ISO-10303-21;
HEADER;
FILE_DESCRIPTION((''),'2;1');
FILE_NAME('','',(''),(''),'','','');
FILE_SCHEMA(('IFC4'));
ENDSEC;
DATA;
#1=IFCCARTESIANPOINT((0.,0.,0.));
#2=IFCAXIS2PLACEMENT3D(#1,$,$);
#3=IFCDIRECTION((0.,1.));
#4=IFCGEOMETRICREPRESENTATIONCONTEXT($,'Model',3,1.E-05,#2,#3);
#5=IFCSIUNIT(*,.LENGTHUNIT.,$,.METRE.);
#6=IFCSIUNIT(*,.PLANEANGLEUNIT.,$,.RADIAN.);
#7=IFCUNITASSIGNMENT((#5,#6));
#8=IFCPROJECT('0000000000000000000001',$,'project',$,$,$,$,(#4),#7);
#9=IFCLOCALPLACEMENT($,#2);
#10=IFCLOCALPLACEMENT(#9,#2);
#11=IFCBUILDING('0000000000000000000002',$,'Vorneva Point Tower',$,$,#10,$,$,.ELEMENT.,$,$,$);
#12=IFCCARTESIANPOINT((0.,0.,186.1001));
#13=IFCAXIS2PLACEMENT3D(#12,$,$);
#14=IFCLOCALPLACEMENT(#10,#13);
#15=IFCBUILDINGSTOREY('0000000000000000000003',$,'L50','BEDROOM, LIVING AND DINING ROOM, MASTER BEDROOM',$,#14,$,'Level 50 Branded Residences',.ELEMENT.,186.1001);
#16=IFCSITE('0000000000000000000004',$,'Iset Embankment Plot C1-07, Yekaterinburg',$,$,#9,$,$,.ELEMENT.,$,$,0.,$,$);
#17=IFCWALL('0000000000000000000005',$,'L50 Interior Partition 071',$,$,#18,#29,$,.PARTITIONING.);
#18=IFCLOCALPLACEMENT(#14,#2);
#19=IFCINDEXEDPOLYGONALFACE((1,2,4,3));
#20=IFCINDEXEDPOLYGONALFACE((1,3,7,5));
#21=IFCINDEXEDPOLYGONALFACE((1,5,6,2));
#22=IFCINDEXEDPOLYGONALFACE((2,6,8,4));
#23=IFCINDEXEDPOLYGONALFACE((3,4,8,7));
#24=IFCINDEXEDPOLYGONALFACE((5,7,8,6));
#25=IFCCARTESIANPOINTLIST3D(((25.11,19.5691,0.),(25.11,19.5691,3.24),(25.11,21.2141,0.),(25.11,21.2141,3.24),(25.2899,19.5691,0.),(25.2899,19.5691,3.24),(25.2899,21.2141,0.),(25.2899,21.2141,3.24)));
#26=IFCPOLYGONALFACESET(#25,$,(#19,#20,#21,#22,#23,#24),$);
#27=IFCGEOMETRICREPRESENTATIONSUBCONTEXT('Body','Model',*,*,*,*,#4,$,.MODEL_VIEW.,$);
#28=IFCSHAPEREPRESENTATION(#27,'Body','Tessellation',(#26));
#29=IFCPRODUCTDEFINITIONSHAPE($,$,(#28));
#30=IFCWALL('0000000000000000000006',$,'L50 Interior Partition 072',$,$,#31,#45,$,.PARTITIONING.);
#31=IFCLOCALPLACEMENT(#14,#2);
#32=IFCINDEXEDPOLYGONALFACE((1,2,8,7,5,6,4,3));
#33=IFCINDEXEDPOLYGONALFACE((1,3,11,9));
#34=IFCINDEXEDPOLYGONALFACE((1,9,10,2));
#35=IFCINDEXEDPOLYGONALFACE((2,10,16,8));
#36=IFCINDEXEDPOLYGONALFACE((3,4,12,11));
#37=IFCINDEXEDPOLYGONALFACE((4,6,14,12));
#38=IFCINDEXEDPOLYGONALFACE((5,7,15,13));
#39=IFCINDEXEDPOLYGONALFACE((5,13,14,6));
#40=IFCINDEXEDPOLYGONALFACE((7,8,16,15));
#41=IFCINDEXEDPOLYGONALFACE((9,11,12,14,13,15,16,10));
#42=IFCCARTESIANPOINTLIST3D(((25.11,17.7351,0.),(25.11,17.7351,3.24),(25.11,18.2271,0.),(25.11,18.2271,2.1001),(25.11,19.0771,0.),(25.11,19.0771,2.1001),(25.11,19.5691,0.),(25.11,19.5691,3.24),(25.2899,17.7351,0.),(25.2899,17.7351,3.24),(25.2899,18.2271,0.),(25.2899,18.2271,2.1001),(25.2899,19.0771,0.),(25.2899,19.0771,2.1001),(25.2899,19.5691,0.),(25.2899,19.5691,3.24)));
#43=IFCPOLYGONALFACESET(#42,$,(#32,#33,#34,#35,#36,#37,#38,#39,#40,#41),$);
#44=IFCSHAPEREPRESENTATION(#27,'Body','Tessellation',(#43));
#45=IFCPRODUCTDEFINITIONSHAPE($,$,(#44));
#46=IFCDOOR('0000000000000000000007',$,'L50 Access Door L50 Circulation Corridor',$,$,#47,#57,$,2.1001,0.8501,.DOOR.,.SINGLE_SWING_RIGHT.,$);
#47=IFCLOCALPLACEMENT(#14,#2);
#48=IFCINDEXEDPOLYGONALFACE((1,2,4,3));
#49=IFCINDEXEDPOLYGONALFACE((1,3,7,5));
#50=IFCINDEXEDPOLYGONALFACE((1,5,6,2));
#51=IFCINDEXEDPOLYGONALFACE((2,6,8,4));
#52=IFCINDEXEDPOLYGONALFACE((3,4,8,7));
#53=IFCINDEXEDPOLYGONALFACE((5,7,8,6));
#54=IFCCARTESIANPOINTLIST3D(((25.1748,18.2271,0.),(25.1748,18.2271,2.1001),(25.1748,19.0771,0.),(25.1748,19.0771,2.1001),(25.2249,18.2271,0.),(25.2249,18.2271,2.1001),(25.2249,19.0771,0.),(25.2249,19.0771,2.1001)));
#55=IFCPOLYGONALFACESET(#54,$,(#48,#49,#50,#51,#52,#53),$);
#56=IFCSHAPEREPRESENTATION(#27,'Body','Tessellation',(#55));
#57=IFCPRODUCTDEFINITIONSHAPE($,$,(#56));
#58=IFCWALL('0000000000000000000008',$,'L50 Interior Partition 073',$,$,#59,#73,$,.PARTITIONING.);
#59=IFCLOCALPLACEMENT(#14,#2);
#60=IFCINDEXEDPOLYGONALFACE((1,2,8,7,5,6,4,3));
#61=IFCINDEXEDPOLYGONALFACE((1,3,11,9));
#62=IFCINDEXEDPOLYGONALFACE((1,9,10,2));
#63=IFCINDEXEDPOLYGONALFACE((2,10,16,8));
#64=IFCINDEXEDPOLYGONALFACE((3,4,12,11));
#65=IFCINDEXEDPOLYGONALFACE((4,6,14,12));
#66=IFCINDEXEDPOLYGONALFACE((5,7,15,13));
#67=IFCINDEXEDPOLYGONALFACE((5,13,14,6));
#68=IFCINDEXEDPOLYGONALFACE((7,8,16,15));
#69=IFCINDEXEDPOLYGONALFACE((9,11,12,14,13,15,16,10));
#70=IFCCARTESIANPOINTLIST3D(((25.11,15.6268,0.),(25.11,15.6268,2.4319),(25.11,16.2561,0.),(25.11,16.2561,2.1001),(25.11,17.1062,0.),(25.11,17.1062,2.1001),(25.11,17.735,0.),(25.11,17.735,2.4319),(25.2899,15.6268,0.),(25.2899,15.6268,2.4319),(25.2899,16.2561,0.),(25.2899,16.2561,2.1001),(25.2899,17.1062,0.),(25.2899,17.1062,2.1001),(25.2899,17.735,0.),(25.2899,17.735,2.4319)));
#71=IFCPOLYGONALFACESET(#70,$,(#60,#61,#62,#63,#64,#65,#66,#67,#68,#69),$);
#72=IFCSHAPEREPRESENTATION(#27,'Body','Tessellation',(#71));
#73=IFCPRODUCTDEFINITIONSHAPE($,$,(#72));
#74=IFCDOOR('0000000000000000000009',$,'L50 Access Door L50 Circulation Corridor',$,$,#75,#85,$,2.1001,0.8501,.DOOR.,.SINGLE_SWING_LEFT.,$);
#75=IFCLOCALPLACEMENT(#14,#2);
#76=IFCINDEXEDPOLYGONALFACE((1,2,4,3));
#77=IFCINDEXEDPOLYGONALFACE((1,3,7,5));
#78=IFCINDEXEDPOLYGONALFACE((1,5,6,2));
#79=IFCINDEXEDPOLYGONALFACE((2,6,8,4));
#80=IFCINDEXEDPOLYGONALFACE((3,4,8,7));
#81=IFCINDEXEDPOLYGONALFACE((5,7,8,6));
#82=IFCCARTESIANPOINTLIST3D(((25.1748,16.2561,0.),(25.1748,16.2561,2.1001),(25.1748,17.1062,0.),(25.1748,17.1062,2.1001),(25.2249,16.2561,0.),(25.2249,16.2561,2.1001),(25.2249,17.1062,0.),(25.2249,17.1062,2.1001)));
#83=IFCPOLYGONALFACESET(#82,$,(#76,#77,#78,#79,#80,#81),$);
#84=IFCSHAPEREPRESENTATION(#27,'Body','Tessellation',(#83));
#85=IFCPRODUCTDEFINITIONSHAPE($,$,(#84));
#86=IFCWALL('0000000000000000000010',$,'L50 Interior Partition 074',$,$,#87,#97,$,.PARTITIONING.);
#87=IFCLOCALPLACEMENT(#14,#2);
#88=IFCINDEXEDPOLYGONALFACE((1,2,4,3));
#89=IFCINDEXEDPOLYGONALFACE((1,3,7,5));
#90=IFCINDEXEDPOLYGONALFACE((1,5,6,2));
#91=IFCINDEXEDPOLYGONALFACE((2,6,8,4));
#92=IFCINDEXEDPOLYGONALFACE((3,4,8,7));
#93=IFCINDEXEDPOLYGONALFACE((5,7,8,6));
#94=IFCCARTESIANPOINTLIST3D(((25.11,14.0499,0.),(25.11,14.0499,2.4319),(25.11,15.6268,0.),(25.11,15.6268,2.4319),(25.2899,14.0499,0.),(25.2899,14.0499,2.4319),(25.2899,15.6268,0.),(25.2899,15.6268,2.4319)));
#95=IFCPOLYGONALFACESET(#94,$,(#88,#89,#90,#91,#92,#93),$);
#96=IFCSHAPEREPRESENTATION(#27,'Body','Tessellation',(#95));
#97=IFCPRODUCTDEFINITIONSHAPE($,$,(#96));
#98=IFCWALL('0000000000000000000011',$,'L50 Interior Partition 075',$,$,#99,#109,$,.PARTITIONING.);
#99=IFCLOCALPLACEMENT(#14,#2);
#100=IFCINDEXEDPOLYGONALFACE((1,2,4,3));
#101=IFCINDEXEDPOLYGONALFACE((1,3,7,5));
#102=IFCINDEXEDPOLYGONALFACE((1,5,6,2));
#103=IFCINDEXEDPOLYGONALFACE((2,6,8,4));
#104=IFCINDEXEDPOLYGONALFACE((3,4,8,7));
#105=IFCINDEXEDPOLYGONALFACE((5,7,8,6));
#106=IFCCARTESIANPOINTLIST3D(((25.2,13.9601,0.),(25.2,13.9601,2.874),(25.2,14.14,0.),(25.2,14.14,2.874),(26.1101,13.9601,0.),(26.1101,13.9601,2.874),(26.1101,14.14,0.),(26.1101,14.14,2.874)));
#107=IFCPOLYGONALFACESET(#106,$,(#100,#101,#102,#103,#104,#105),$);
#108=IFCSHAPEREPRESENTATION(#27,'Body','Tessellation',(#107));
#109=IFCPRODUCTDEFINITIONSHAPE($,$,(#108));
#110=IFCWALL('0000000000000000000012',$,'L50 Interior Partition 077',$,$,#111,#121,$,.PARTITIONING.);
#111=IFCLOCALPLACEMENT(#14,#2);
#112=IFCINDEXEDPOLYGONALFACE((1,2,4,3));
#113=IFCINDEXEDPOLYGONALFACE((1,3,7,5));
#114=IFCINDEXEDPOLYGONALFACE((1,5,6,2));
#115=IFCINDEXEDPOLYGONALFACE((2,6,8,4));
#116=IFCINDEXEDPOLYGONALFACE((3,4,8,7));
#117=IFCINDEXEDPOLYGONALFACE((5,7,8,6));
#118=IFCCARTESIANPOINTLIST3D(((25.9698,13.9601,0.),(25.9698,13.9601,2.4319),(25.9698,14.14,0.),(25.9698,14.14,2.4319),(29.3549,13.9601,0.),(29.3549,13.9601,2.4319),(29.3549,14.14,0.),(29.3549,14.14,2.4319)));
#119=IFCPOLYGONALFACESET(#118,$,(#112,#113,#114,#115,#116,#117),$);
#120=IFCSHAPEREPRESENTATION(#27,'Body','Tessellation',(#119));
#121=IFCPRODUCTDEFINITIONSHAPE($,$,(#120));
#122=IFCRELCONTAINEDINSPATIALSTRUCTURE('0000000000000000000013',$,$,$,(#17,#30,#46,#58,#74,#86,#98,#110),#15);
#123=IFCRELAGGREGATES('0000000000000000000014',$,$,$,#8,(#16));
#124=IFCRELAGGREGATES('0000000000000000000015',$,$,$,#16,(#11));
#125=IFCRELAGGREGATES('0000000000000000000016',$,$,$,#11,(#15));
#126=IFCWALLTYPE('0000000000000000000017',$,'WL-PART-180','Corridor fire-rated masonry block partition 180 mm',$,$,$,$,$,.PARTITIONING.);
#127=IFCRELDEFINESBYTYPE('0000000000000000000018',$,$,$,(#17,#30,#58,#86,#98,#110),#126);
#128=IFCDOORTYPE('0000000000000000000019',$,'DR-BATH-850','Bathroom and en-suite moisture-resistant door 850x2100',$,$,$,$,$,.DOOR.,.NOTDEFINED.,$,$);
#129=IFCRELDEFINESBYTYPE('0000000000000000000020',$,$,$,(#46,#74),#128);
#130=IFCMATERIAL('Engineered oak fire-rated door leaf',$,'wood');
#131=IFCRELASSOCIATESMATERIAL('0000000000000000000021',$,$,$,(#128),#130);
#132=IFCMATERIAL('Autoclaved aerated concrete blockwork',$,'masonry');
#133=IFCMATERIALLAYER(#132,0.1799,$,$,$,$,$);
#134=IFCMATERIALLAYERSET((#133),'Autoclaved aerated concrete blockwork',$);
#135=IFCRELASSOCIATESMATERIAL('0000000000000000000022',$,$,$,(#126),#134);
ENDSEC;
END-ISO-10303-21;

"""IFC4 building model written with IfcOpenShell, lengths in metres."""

from ifc_helpers import new_model, si_unit, direction, frame, frame_2d, origin, place, context, subcontext, project, spatial, rectangle, extrude, material, layer, layer_set, type_object, element, fill, save


model = new_model("IFC4")

# Units and contexts
model_context = context("Model", 3, precision=1e-05, world=origin(), true_north=direction((0.0, 1.0)))
body_context = subcontext(model_context, "Body", "Model", "MODEL_VIEW")
ifc_project = project(units=[si_unit("LENGTHUNIT", "METRE"), si_unit("PLANEANGLEUNIT", "RADIAN")], contexts=[model_context])

# Site, building, storey
site_placement = place(None, origin())
site = spatial("IfcSite", under=ifc_project, at=site_placement, Name="Iset Embankment Plot C1-07, Yekaterinburg", CompositionType="ELEMENT", RefElevation=0.0)
building_placement = place(site_placement, origin())
building = spatial("IfcBuilding", under=site, at=building_placement, Name="Vorneva Point Tower", CompositionType="ELEMENT")
storey_placement = place(building_placement, frame((0.0, 0.0, 186.1001)))
storey = spatial("IfcBuildingStorey", under=building, at=storey_placement, Name="L50", Description="BEDROOM, LIVING AND DINING ROOM, MASTER BEDROOM", LongName="Level 50 Branded Residences", CompositionType="ELEMENT", Elevation=186.1001)

# Shared definitions
ifc_material_1 = material(Name="Engineered oak fire-rated door leaf", Category="wood")
door_type_1 = type_object("IfcDoorType", Name="DR-BATH-850", Description="Bathroom and en-suite moisture-resistant door 850x2100", OperationType="NOTDEFINED", PredefinedType="DOOR", material=ifc_material_1)
ifc_material_2 = material(Name="Autoclaved aerated concrete blockwork", Category="masonry")
ifc_layer_1 = layer(ifc_material_2, 0.1799)
ifc_layer_set_1 = layer_set([ifc_layer_1], Name="Autoclaved aerated concrete blockwork")
wall_type_1 = type_object("IfcWallType", Name="WL-PART-180", Description="Corridor fire-rated masonry block partition 180 mm", PredefinedType="PARTITIONING", material=ifc_layer_set_1)

# Wall
wall_1_placement = place(storey_placement, frame((25.2, 21.2141, 0.0), z_axis=(0.0, 0.0, 1.0), x_axis=(0.0, -1.0, 0.0)))
element("IfcWall", 1, at=wall_1_placement, inside=storey, type_object=wall_type_1, Name="L50 Interior Partition 071", PredefinedType="PARTITIONING", context=body_context, shape_type="SweptSolid", body=[
    extrude(rectangle(XDim=1.645, YDim=0.1799, at=frame_2d((0.8225, 0.0))), origin(), (0.0, 0.0, 1.0), 3.24),
])

# Walls, openings, doors
wall_2_placement = place(storey_placement, frame((25.2, 19.5691, 0.0), z_axis=(0.0, 0.0, 1.0), x_axis=(0.0, -1.0, 0.0)))
wall_2 = element("IfcWall", 2, at=wall_2_placement, inside=storey, type_object=wall_type_1, Name="L50 Interior Partition 072", PredefinedType="PARTITIONING", context=body_context, shape_type="SweptSolid", body=[
    extrude(rectangle(XDim=1.834, YDim=0.1799, at=frame_2d((0.917, 0.0))), origin(), (0.0, 0.0, 1.0), 3.24),
])
opening_1_placement = place(wall_2_placement, frame((0.4919, 0.0, 0.0)))
opening_1 = element("IfcOpeningElement", 3, at=opening_1_placement, cuts=wall_2, PredefinedType="OPENING", context=body_context, shape_type="SweptSolid", body=[
    extrude(rectangle(XDim=0.8501, YDim=2.1001, at=frame_2d((0.425, 1.05))), frame((0.0, 0.105, 0.0), z_axis=(0.0, -1.0, 0.0), x_axis=(1.0, 0.0, 0.0)), (0.0, 0.0, 1.0), 0.2097),
])
door_1_placement = place(opening_1_placement, origin())
door_1 = element("IfcDoor", 4, at=door_1_placement, inside=storey, type_object=door_type_1, Name="L50 Access Door L50 Circulation Corridor", OperationType="SINGLE_SWING_RIGHT", OverallHeight=2.1001, OverallWidth=0.8501, PredefinedType="DOOR", context=body_context, shape_type="SweptSolid", body=[
    extrude(rectangle(XDim=0.8501, YDim=2.1001, at=frame_2d((0.425, 1.05))), frame((0.0, 0.0249, 0.0), z_axis=(0.0, -1.0, 0.0), x_axis=(1.0, 0.0, 0.0)), (0.0, 0.0, 1.0), 0.05),
])
fill(opening_1, door_1)
wall_3_placement = place(storey_placement, frame((25.2, 17.7351, 0.0), z_axis=(0.0, 0.0, 1.0), x_axis=(0.0, -1.0, 0.0)))
wall_3 = element("IfcWall", 5, at=wall_3_placement, inside=storey, type_object=wall_type_1, Name="L50 Interior Partition 073", PredefinedType="PARTITIONING", context=body_context, shape_type="SweptSolid", body=[
    extrude(rectangle(XDim=2.1082, YDim=0.1799, at=frame_2d((1.0542, 0.0))), origin(), (0.0, 0.0, 1.0), 2.4319),
])
opening_2_placement = place(wall_3_placement, frame((0.6289, 0.0, 0.0)))
opening_2 = element("IfcOpeningElement", 6, at=opening_2_placement, cuts=wall_3, PredefinedType="OPENING", context=body_context, shape_type="SweptSolid", body=[
    extrude(rectangle(XDim=0.8501, YDim=2.1001, at=frame_2d((0.425, 1.05))), frame((0.0, 0.105, 0.0), z_axis=(0.0, -1.0, 0.0), x_axis=(1.0, 0.0, 0.0)), (0.0, 0.0, 1.0), 0.2097),
])
door_2_placement = place(opening_2_placement, origin())
door_2 = element("IfcDoor", 7, at=door_2_placement, inside=storey, type_object=door_type_1, Name="L50 Access Door L50 Circulation Corridor", OperationType="SINGLE_SWING_LEFT", OverallHeight=2.1001, OverallWidth=0.8501, PredefinedType="DOOR", context=body_context, shape_type="SweptSolid", body=[
    extrude(rectangle(XDim=0.8501, YDim=2.1001, at=frame_2d((0.425, 1.05))), frame((0.0, 0.0249, 0.0), z_axis=(0.0, -1.0, 0.0), x_axis=(1.0, 0.0, 0.0)), (0.0, 0.0, 1.0), 0.05),
])
fill(opening_2, door_2)

# Walls
wall_4_placement = place(storey_placement, frame((25.2, 15.627, 0.0), z_axis=(0.0, 0.0, 1.0), x_axis=(0.0, -1.0, 0.0)))
element("IfcWall", 8, at=wall_4_placement, inside=storey, type_object=wall_type_1, Name="L50 Interior Partition 074", PredefinedType="PARTITIONING", context=body_context, shape_type="SweptSolid", body=[
    extrude(rectangle(XDim=1.5769, YDim=0.1799, at=frame_2d((0.7886, 0.0))), origin(), (0.0, 0.0, 1.0), 2.4319),
])
wall_5_placement = place(storey_placement, frame((25.2, 14.05, 0.0), z_axis=(0.0, 0.0, 1.0), x_axis=(1.0, 0.0, 0.0)))
element("IfcWall", 9, at=wall_5_placement, inside=storey, type_object=wall_type_1, Name="L50 Interior Partition 075", PredefinedType="PARTITIONING", context=body_context, shape_type="SweptSolid", body=[
    extrude(rectangle(XDim=0.9102, YDim=0.1799, at=frame_2d((0.4551, 0.0))), origin(), (0.0, 0.0, 1.0), 2.874),
])
wall_6_placement = place(storey_placement, frame((25.97, 14.05, 0.0), z_axis=(0.0, 0.0, 1.0), x_axis=(1.0, 0.0, 0.0)))
element("IfcWall", 10, at=wall_6_placement, inside=storey, type_object=wall_type_1, Name="L50 Interior Partition 077", PredefinedType="PARTITIONING", context=body_context, shape_type="SweptSolid", body=[
    extrude(rectangle(XDim=3.385, YDim=0.1799, at=frame_2d((1.6924, 0.0))), origin(), (0.0, 0.0, 1.0), 2.4319),
])

save(model, "model.ifc")
